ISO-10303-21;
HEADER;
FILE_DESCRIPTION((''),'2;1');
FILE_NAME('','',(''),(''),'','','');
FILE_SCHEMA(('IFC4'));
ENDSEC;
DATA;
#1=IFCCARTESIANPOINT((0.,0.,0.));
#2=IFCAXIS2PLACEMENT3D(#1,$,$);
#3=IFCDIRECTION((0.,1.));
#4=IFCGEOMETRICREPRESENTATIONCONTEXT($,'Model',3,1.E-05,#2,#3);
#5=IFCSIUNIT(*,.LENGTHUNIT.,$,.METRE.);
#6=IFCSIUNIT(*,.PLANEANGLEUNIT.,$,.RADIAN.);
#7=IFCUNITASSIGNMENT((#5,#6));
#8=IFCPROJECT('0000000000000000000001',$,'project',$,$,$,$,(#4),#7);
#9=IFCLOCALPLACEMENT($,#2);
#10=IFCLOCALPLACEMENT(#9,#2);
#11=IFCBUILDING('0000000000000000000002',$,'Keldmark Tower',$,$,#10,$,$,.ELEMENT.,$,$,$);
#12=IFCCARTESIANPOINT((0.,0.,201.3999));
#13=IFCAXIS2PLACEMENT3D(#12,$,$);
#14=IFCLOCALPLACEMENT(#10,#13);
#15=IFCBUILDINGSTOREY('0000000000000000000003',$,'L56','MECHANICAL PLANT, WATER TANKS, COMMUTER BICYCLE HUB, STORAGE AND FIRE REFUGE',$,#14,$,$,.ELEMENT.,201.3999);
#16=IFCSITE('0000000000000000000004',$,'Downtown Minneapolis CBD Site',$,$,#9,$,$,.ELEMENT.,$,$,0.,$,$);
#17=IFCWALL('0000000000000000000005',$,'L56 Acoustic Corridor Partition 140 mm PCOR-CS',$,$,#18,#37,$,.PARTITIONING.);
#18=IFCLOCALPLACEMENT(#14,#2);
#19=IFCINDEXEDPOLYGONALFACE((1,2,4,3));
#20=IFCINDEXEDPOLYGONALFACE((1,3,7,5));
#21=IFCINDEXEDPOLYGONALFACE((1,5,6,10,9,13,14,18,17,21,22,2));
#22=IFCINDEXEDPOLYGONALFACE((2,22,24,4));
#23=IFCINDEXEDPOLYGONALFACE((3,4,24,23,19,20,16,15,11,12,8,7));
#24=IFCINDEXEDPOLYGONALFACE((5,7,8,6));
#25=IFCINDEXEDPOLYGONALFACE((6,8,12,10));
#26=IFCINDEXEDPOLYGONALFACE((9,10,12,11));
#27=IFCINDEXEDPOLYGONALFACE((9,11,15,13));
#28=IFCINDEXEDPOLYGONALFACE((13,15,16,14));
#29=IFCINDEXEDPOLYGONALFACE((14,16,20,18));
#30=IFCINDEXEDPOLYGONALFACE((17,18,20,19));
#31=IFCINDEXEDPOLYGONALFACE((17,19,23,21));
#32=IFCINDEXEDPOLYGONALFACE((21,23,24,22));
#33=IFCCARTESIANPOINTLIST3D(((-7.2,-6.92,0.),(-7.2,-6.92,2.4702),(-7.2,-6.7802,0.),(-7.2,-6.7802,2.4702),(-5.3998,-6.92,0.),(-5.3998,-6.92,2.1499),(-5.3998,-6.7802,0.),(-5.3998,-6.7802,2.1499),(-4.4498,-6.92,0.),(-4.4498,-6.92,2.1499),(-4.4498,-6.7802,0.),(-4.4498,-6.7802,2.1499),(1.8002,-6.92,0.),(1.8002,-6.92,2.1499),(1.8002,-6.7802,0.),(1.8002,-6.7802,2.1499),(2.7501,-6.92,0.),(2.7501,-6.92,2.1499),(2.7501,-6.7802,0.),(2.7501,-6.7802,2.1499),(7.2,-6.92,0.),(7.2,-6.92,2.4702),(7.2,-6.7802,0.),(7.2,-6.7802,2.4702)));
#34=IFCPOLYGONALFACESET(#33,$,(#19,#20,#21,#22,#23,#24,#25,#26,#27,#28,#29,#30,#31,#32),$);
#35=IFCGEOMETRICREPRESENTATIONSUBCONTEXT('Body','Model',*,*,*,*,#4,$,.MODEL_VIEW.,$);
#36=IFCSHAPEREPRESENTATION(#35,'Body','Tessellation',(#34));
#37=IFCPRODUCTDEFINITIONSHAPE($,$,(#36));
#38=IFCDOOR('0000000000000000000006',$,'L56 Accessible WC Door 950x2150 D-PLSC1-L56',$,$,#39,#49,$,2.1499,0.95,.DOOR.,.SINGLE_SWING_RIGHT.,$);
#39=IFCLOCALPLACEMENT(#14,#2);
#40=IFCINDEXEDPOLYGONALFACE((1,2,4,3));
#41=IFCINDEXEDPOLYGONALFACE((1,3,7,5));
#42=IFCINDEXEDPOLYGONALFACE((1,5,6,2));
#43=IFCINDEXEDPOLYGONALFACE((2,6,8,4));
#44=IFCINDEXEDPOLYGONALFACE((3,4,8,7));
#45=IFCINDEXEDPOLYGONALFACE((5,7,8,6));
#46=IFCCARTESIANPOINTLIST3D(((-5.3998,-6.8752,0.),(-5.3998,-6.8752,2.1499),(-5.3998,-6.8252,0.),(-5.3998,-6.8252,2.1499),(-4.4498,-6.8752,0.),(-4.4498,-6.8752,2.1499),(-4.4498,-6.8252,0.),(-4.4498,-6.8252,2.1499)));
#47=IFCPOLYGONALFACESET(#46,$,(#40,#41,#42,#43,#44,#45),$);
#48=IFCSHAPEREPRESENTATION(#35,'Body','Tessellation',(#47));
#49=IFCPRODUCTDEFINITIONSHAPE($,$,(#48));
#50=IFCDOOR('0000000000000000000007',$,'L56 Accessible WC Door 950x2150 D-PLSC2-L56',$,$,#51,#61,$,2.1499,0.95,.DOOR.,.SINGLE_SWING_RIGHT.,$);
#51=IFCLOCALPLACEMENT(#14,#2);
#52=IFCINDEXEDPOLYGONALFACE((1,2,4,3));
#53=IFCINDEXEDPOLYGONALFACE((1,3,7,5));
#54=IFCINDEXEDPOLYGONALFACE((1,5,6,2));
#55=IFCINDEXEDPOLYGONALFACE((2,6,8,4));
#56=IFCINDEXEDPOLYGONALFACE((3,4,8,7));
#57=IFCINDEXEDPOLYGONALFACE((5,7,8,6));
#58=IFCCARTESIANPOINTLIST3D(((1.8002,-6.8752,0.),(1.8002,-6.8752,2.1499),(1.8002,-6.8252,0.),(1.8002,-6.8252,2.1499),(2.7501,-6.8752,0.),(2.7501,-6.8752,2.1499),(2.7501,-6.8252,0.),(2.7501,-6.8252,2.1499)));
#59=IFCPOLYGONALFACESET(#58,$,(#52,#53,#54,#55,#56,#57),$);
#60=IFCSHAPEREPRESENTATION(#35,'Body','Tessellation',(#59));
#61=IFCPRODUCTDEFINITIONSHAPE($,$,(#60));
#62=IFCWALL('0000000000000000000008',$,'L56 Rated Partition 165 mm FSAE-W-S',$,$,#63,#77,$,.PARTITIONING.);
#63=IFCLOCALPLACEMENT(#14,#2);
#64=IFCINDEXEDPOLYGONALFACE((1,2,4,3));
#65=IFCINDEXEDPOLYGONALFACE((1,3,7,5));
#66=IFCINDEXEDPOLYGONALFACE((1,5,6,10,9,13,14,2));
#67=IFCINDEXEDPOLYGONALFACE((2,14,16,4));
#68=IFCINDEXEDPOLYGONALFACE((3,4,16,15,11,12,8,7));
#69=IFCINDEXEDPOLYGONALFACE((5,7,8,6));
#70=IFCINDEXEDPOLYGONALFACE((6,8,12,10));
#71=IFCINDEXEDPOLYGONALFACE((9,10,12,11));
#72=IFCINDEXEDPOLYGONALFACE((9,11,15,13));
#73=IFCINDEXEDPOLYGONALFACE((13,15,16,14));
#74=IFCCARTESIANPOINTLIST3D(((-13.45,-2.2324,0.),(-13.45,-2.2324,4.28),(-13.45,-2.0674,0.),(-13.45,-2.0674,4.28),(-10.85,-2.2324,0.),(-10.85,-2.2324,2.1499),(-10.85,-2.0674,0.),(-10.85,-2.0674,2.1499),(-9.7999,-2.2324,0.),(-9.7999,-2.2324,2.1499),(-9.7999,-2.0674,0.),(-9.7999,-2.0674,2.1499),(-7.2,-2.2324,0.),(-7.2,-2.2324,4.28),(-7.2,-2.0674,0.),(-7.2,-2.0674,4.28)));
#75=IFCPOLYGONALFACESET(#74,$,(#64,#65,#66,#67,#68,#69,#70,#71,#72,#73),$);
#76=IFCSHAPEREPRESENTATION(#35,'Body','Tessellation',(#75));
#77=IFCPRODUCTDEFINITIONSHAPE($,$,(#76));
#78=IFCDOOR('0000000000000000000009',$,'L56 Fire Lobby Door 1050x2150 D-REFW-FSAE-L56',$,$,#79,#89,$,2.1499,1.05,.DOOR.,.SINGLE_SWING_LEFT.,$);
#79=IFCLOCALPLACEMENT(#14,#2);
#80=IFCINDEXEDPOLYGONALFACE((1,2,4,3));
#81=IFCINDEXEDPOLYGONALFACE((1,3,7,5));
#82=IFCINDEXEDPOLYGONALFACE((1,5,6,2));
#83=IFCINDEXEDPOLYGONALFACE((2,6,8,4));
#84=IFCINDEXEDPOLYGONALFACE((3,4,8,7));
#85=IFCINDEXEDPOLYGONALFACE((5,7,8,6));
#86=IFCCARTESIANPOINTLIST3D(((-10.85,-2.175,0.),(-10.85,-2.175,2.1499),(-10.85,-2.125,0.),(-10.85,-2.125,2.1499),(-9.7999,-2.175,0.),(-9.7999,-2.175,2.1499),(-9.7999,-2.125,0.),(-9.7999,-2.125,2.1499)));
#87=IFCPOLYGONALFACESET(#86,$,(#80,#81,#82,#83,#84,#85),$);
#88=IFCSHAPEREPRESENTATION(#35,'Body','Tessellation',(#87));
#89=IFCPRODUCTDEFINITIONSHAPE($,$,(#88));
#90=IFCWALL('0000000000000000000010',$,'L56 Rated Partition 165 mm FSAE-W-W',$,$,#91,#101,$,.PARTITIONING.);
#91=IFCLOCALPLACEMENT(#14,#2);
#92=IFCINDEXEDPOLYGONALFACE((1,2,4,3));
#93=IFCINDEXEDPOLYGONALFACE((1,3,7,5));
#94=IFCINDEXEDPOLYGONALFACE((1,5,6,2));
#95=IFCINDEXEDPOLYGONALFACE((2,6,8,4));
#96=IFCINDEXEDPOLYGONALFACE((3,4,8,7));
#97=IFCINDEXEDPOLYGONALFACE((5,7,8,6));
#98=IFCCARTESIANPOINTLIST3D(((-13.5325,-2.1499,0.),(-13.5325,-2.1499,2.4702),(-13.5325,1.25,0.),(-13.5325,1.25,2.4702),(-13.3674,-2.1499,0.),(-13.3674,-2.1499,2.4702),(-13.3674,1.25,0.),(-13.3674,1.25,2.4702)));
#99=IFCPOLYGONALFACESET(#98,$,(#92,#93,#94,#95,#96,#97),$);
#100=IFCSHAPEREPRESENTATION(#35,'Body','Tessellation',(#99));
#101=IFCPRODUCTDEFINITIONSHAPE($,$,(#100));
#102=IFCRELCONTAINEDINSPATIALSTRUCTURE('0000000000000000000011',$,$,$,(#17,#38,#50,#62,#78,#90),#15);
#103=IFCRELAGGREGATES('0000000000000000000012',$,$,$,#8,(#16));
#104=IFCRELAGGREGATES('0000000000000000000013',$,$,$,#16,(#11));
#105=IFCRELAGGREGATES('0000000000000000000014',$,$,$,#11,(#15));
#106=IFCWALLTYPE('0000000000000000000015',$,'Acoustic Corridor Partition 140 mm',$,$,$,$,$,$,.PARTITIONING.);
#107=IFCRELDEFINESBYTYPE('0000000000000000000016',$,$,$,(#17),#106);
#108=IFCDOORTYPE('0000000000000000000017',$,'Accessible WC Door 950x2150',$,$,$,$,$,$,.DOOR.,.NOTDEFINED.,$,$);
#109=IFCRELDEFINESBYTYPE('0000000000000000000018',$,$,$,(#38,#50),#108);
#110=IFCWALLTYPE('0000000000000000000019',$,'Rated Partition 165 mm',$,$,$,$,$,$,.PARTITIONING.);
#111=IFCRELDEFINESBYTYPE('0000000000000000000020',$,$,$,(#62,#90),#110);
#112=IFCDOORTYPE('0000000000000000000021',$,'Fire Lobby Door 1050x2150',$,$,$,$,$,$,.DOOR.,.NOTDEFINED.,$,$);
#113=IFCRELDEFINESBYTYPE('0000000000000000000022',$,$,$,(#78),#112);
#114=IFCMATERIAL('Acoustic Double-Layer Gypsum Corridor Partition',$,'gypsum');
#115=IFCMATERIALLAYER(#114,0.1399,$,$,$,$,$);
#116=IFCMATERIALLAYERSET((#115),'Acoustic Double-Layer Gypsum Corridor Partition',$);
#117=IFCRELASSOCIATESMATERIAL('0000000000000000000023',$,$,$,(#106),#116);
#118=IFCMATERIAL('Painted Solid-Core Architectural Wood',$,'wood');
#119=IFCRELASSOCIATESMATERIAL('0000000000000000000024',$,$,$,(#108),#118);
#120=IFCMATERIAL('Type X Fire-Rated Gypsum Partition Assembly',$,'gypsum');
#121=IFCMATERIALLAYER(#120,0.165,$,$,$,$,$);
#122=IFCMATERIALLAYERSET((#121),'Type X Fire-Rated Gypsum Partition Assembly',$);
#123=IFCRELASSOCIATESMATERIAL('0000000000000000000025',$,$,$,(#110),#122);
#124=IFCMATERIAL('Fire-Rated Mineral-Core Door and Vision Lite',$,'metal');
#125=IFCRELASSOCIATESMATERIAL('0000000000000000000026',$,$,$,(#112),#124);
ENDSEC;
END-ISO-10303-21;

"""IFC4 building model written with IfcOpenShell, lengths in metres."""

from ifc_helpers import new_model, si_unit, direction, frame, frame_2d, origin, place, context, subcontext, project, spatial, rectangle, extrude, material, layer, layer_set, type_object, element, fill, save


model = new_model("IFC4")

# Units and contexts
model_context = context("Model", 3, precision=1e-05, world=origin(), true_north=direction((0.0, 1.0)))
body_context = subcontext(model_context, "Body", "Model", "MODEL_VIEW")
ifc_project = project(units=[si_unit("LENGTHUNIT", "METRE"), si_unit("PLANEANGLEUNIT", "RADIAN")], contexts=[model_context])

# Site, building, storey
site_placement = place(None, origin())
site = spatial("IfcSite", under=ifc_project, at=site_placement, Name="Downtown Minneapolis CBD Site", CompositionType="ELEMENT", RefElevation=0.0)
building_placement = place(site_placement, origin())
building = spatial("IfcBuilding", under=site, at=building_placement, Name="Keldmark Tower", CompositionType="ELEMENT")
storey_placement = place(building_placement, frame((0.0, 0.0, 201.3999)))
storey = spatial("IfcBuildingStorey", under=building, at=storey_placement, Name="L56", Description="MECHANICAL PLANT, WATER TANKS, COMMUTER BICYCLE HUB, STORAGE AND FIRE REFUGE", CompositionType="ELEMENT", Elevation=201.3999)

# Wall, openings, doors
ifc_material_1 = material(Name="Acoustic Double-Layer Gypsum Corridor Partition", Category="gypsum")
ifc_layer_1 = layer(ifc_material_1, 0.1399)
ifc_layer_set_1 = layer_set([ifc_layer_1], Name="Acoustic Double-Layer Gypsum Corridor Partition")
wall_type_1 = type_object("IfcWallType", Name="Acoustic Corridor Partition 140 mm", PredefinedType="PARTITIONING", material=ifc_layer_set_1)
wall_1_placement = place(storey_placement, frame((-7.2, -6.8501, 0.0), z_axis=(0.0, 0.0, 1.0), x_axis=(1.0, 0.0, 0.0)))
wall_1 = element("IfcWall", 1, at=wall_1_placement, inside=storey, type_object=wall_type_1, Name="L56 Acoustic Corridor Partition 140 mm PCOR-CS", PredefinedType="PARTITIONING", context=body_context, shape_type="SweptSolid", body=[
    extrude(rectangle(XDim=14.3999, YDim=0.1399, at=frame_2d((7.2, 0.0))), origin(), (0.0, 0.0, 1.0), 2.4702),
])
opening_1_placement = place(wall_1_placement, frame((1.8, 0.0, 0.0)))
opening_1 = element("IfcOpeningElement", 2, at=opening_1_placement, cuts=wall_1, PredefinedType="OPENING", context=body_context, shape_type="SweptSolid", body=[
    extrude(rectangle(XDim=0.95, YDim=2.1499, at=frame_2d((0.4751, 1.075))), frame((0.0, 0.0798, 0.0), z_axis=(0.0, -1.0, 0.0), x_axis=(1.0, 0.0, 0.0)), (0.0, 0.0, 1.0), 0.1599),
])
opening_2_placement = place(wall_1_placement, frame((9.0, 0.0, 0.0)))
opening_2 = element("IfcOpeningElement", 3, at=opening_2_placement, cuts=wall_1, PredefinedType="OPENING", context=body_context, shape_type="SweptSolid", body=[
    extrude(rectangle(XDim=0.95, YDim=2.1499, at=frame_2d((0.4751, 1.075))), frame((0.0, 0.0798, 0.0), z_axis=(0.0, -1.0, 0.0), x_axis=(1.0, 0.0, 0.0)), (0.0, 0.0, 1.0), 0.1599),
])
ifc_material_2 = material(Name="Painted Solid-Core Architectural Wood", Category="wood")
door_type_1 = type_object("IfcDoorType", Name="Accessible WC Door 950x2150", OperationType="NOTDEFINED", PredefinedType="DOOR", material=ifc_material_2)
door_1_placement = place(opening_1_placement, origin())
door_1 = element("IfcDoor", 4, at=door_1_placement, inside=storey, type_object=door_type_1, Name="L56 Accessible WC Door 950x2150 D-PLSC1-L56", OperationType="SINGLE_SWING_RIGHT", OverallHeight=2.1499, OverallWidth=0.95, PredefinedType="DOOR", context=body_context, shape_type="SweptSolid", body=[
    extrude(rectangle(XDim=0.95, YDim=2.1499, at=frame_2d((0.4751, 1.075))), frame((0.0, 0.0249, 0.0), z_axis=(0.0, -1.0, 0.0), x_axis=(1.0, 0.0, 0.0)), (0.0, 0.0, 1.0), 0.05),
])
fill(opening_1, door_1)
door_2_placement = place(opening_2_placement, origin())
door_2 = element("IfcDoor", 5, at=door_2_placement, inside=storey, type_object=door_type_1, Name="L56 Accessible WC Door 950x2150 D-PLSC2-L56", OperationType="SINGLE_SWING_RIGHT", OverallHeight=2.1499, OverallWidth=0.95, PredefinedType="DOOR", context=body_context, shape_type="SweptSolid", body=[
    extrude(rectangle(XDim=0.95, YDim=2.1499, at=frame_2d((0.4751, 1.075))), frame((0.0, 0.0249, 0.0), z_axis=(0.0, -1.0, 0.0), x_axis=(1.0, 0.0, 0.0)), (0.0, 0.0, 1.0), 0.05),
])
fill(opening_2, door_2)

# Wall, opening, door
ifc_material_3 = material(Name="Type X Fire-Rated Gypsum Partition Assembly", Category="gypsum")
ifc_layer_2 = layer(ifc_material_3, 0.165)
ifc_layer_set_2 = layer_set([ifc_layer_2], Name="Type X Fire-Rated Gypsum Partition Assembly")
wall_type_2 = type_object("IfcWallType", Name="Rated Partition 165 mm", PredefinedType="PARTITIONING", material=ifc_layer_set_2)
wall_2_placement = place(storey_placement, frame((-13.45, -2.1499, 0.0), z_axis=(0.0, 0.0, 1.0), x_axis=(1.0, 0.0, 0.0)))
wall_2 = element("IfcWall", 6, at=wall_2_placement, inside=storey, type_object=wall_type_2, Name="L56 Rated Partition 165 mm FSAE-W-S", PredefinedType="PARTITIONING", context=body_context, shape_type="SweptSolid", body=[
    extrude(rectangle(XDim=6.25, YDim=0.165, at=frame_2d((3.125, 0.0))), origin(), (0.0, 0.0, 1.0), 4.28),
])
opening_3_placement = place(wall_2_placement, frame((2.6001, 0.0, 0.0)))
opening_3 = element("IfcOpeningElement", 7, at=opening_3_placement, cuts=wall_2, PredefinedType="OPENING", context=body_context, shape_type="SweptSolid", body=[
    extrude(rectangle(XDim=1.05, YDim=2.1499, at=frame_2d((0.5249, 1.075))), frame((0.0, 0.0925, 0.0), z_axis=(0.0, -1.0, 0.0), x_axis=(1.0, 0.0, 0.0)), (0.0, 0.0, 1.0), 0.1851),
])
ifc_material_4 = material(Name="Fire-Rated Mineral-Core Door and Vision Lite", Category="metal")
door_type_2 = type_object("IfcDoorType", Name="Fire Lobby Door 1050x2150", OperationType="NOTDEFINED", PredefinedType="DOOR", material=ifc_material_4)
door_3_placement = place(opening_3_placement, origin())
door_3 = element("IfcDoor", 8, at=door_3_placement, inside=storey, type_object=door_type_2, Name="L56 Fire Lobby Door 1050x2150 D-REFW-FSAE-L56", OperationType="SINGLE_SWING_LEFT", OverallHeight=2.1499, OverallWidth=1.05, PredefinedType="DOOR", context=body_context, shape_type="SweptSolid", body=[
    extrude(rectangle(XDim=1.05, YDim=2.1499, at=frame_2d((0.5249, 1.075))), frame((0.0, 0.0249, 0.0), z_axis=(0.0, -1.0, 0.0), x_axis=(1.0, 0.0, 0.0)), (0.0, 0.0, 1.0), 0.05),
])
fill(opening_3, door_3)

# Wall
wall_3_placement = place(storey_placement, frame((-13.45, -2.1499, 0.0), z_axis=(0.0, 0.0, 1.0), x_axis=(0.0, 1.0, 0.0)))
element("IfcWall", 9, at=wall_3_placement, inside=storey, type_object=wall_type_2, Name="L56 Rated Partition 165 mm FSAE-W-W", PredefinedType="PARTITIONING", context=body_context, shape_type="SweptSolid", body=[
    extrude(rectangle(XDim=3.3999, YDim=0.165, at=frame_2d((1.7, 0.0))), origin(), (0.0, 0.0, 1.0), 2.4702),
])

save(model, "model.ifc")
